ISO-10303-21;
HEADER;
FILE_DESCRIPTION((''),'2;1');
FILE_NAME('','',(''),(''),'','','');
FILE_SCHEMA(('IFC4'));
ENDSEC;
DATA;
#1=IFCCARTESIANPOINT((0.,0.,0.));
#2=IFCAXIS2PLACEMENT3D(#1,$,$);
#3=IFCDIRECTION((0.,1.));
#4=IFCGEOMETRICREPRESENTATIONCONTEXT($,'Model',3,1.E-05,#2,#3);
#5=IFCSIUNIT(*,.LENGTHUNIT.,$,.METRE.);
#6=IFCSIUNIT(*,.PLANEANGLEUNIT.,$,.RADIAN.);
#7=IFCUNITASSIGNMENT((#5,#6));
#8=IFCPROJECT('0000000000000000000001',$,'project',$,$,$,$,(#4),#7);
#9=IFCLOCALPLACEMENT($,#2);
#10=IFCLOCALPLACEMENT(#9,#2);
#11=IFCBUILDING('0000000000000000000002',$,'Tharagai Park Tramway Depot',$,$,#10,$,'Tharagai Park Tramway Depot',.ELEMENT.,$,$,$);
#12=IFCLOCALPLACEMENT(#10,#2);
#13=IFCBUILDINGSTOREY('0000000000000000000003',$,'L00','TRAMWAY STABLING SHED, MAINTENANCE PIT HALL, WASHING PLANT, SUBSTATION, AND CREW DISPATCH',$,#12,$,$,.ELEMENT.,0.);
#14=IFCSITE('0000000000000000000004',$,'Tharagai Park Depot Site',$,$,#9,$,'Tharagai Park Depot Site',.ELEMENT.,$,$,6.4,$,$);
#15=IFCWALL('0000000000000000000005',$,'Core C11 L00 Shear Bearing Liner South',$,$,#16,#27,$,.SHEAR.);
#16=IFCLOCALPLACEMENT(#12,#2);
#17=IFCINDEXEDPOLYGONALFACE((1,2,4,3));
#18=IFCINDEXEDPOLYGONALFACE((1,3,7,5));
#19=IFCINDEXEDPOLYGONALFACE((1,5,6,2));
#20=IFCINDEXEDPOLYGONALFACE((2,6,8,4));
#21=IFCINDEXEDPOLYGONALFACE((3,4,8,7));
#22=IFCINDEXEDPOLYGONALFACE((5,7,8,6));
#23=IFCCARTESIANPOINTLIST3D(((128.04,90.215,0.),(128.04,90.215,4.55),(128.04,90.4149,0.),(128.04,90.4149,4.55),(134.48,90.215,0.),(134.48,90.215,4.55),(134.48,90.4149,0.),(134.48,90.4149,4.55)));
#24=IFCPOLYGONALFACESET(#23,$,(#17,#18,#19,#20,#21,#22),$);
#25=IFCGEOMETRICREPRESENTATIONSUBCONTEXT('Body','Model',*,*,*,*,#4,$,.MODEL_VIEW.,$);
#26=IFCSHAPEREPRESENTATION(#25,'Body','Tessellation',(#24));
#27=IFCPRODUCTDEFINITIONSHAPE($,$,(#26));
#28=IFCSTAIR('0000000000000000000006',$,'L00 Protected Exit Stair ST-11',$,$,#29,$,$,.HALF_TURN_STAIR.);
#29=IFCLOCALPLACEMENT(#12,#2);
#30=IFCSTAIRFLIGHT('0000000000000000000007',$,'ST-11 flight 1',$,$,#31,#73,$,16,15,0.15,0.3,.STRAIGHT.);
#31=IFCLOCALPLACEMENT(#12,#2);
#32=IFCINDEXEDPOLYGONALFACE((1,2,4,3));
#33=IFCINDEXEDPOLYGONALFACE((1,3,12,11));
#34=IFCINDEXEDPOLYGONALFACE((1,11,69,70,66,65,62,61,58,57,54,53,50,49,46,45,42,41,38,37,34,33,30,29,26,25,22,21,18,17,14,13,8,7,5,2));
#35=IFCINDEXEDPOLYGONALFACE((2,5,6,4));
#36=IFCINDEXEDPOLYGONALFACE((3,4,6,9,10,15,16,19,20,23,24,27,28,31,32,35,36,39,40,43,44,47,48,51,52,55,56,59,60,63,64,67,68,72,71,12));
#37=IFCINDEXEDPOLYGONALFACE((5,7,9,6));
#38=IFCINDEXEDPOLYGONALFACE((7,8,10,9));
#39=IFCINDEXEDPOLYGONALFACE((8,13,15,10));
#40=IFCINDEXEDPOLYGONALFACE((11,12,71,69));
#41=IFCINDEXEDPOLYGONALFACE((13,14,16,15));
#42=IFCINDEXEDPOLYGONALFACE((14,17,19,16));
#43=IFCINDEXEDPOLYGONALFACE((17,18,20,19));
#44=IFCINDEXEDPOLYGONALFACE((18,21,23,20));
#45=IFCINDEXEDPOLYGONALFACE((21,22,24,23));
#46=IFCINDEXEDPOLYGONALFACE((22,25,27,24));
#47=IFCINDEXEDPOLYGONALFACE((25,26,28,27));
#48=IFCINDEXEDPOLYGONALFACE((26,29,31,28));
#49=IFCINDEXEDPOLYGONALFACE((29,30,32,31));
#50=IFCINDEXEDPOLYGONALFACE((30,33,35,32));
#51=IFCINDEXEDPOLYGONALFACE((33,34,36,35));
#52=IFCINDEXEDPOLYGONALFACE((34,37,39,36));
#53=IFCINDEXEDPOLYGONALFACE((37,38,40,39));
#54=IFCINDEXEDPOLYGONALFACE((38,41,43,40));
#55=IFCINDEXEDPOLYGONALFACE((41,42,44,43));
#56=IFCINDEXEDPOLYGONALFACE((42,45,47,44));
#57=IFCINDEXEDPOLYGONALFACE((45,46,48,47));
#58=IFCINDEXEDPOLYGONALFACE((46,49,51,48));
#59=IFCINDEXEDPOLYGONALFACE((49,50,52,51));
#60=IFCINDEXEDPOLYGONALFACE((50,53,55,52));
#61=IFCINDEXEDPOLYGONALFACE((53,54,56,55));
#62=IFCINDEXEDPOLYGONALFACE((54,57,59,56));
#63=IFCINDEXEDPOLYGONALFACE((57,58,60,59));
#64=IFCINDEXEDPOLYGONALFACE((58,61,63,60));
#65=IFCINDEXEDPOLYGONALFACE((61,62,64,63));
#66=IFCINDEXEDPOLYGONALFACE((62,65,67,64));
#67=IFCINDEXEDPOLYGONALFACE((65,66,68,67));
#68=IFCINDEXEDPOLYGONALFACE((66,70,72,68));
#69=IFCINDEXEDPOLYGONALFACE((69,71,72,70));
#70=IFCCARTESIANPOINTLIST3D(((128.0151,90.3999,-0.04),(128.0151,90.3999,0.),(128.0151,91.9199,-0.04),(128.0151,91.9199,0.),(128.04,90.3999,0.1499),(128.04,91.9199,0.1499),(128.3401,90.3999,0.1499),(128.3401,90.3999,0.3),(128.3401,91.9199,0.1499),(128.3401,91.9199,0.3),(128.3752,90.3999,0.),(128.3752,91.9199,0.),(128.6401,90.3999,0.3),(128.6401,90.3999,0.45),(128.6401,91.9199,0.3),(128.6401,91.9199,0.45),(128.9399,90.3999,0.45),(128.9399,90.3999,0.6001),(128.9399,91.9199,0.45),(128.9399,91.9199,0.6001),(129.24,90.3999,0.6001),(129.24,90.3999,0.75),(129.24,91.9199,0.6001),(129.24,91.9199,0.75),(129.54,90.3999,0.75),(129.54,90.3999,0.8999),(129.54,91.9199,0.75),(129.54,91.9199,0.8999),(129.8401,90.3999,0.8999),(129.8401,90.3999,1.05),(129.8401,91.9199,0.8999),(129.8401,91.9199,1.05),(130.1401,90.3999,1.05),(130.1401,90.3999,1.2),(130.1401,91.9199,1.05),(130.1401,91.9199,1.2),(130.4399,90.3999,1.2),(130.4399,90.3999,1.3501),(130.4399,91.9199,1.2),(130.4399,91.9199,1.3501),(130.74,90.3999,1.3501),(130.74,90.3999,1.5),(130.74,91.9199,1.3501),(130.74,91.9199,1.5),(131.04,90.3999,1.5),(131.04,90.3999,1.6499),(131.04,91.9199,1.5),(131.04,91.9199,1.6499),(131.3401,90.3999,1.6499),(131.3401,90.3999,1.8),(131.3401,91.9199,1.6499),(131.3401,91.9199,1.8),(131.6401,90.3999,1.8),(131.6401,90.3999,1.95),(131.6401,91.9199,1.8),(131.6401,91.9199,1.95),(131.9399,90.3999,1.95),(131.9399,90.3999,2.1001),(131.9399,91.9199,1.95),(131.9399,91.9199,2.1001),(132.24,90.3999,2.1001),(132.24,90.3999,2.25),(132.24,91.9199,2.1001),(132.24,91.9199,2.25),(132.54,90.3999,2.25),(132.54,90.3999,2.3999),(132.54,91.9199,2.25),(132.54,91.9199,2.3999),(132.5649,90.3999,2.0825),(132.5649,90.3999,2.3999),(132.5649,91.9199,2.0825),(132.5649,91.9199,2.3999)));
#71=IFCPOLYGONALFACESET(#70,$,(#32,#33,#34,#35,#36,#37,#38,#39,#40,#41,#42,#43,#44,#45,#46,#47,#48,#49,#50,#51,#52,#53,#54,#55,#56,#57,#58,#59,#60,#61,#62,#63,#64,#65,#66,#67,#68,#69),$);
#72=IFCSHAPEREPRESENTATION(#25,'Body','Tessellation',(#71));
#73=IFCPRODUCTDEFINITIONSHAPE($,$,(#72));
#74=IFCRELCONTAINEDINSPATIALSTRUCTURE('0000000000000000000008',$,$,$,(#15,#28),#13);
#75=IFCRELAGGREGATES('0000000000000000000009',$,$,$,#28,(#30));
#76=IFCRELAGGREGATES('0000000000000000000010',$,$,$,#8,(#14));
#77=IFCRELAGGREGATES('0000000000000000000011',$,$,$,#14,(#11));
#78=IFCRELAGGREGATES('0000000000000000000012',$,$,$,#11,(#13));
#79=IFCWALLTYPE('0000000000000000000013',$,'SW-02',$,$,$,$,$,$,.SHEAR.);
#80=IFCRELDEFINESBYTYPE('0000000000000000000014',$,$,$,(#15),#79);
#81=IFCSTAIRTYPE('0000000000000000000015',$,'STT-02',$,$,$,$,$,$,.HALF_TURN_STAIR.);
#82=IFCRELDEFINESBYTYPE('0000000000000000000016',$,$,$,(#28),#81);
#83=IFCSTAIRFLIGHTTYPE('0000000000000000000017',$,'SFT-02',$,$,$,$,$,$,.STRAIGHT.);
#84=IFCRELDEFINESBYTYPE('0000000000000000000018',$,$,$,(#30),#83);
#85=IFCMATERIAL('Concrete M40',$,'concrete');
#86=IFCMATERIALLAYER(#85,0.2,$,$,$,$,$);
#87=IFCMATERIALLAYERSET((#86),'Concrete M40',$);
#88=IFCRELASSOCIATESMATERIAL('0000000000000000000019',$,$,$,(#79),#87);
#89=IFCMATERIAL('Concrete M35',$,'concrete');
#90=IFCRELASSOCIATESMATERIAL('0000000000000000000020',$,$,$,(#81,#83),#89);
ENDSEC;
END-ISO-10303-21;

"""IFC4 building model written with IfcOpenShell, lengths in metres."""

from ifc_helpers import new_model, si_unit, direction, frame, frame_2d, origin, place, context, subcontext, project, spatial, polyline, rectangle, outline, extrude, material, layer, layer_set, type_object, element, aggregate, save


model = new_model("IFC4")

# Units and contexts
model_context = context("Model", 3, precision=1e-05, world=origin(), true_north=direction((0.0, 1.0)))
body_context = subcontext(model_context, "Body", "Model", "MODEL_VIEW")
ifc_project = project(units=[si_unit("LENGTHUNIT", "METRE"), si_unit("PLANEANGLEUNIT", "RADIAN")], contexts=[model_context])

# Site, building, storey
site_placement = place(None, origin())
site = spatial("IfcSite", under=ifc_project, at=site_placement, Name="Tharagai Park Depot Site", LongName="Tharagai Park Depot Site", CompositionType="ELEMENT", RefElevation=6.4)
building_placement = place(site_placement, origin())
building = spatial("IfcBuilding", under=site, at=building_placement, Name="Tharagai Park Tramway Depot", LongName="Tharagai Park Tramway Depot", CompositionType="ELEMENT")
storey_placement = place(building_placement, origin())
storey = spatial("IfcBuildingStorey", under=building, at=storey_placement, Name="L00", Description="TRAMWAY STABLING SHED, MAINTENANCE PIT HALL, WASHING PLANT, SUBSTATION, AND CREW DISPATCH", CompositionType="ELEMENT", Elevation=0.0)

# Shared definitions
ifc_material_1 = material(Name="Concrete M40", Category="concrete")

# Wall
ifc_layer_1 = layer(ifc_material_1, 0.2)
ifc_layer_set_1 = layer_set([ifc_layer_1], Name="Concrete M40")
wall_type_1 = type_object("IfcWallType", Name="SW-02", PredefinedType="SHEAR", material=ifc_layer_set_1)
wall_1_placement = place(storey_placement, frame((128.04, 90.3149, 0.0), z_axis=(0.0, 0.0, 1.0), x_axis=(1.0, 0.0, 0.0)))
element("IfcWall", 1, at=wall_1_placement, inside=storey, type_object=wall_type_1, Name="Core C11 L00 Shear Bearing Liner South", PredefinedType="SHEAR", context=body_context, shape_type="SweptSolid", body=[
    extrude(rectangle(XDim=6.4399, YDim=0.2, at=frame_2d((3.22, 0.0))), origin(), (0.0, 0.0, 1.0), 4.55),
])

# Stair, stair flight
ifc_material_2 = material(Name="Concrete M35", Category="concrete")
stair_type = type_object("IfcStairType", Name="STT-02", PredefinedType="HALF_TURN_STAIR", material=ifc_material_2)
stair_placement = place(storey_placement, origin())
stair = element("IfcStair", 2, at=stair_placement, inside=storey, type_object=stair_type, Name="L00 Protected Exit Stair ST-11", PredefinedType="HALF_TURN_STAIR")
stair_flight_type = type_object("IfcStairFlightType", Name="SFT-02", PredefinedType="STRAIGHT", material=ifc_material_2)
stair_flight_placement = place(storey_placement, frame((128.04, 91.1599, 0.0), z_axis=(0.0, 0.0, 1.0), x_axis=(1.0, 0.0, 0.0)))
stair_flight = element("IfcStairFlight", 3, at=stair_flight_placement, type_object=stair_flight_type, Name="ST-11 flight 1", NumberOfRisers=16, NumberOfTreads=15, PredefinedType="STRAIGHT", RiserHeight=0.15, TreadLength=0.3, context=body_context, shape_type="SweptSolid", body=[
    extrude(outline(polyline([(-0.0249, 0.0), (0.0, 0.1499), (0.3, 0.1499), (0.3, 0.3), (0.6001, 0.3), (0.6001, 0.45), (0.8999, 0.45), (0.8999, 0.6001), (1.2, 0.6001), (1.2, 0.75), (1.5, 0.75), (1.5, 0.8999), (1.8, 0.8999), (1.8, 1.05), (2.1001, 1.05), (2.1001, 1.2), (2.3999, 1.2), (2.3999, 1.3501), (2.7, 1.3501), (2.7, 1.5), (3.0, 1.5), (3.0, 1.6499), (3.3, 1.6499), (3.3, 1.8), (3.6001, 1.8), (3.6001, 1.95), (3.8999, 1.95), (3.8999, 2.1001), (4.2, 2.1001), (4.2, 2.25), (4.5, 2.25), (4.5, 2.3999), (4.5249, 2.3999), (4.5249, 2.0825), (0.3352, 0.0), (-0.0249, -0.04), (-0.0249, 0.0)])), frame((0.0, 0.76, 0.0), z_axis=(0.0, -1.0, 0.0), x_axis=(1.0, 0.0, 0.0)), (0.0, 0.0, 1.0), 1.52),
])
aggregate(stair, [stair_flight])

save(model, "model.ifc")
